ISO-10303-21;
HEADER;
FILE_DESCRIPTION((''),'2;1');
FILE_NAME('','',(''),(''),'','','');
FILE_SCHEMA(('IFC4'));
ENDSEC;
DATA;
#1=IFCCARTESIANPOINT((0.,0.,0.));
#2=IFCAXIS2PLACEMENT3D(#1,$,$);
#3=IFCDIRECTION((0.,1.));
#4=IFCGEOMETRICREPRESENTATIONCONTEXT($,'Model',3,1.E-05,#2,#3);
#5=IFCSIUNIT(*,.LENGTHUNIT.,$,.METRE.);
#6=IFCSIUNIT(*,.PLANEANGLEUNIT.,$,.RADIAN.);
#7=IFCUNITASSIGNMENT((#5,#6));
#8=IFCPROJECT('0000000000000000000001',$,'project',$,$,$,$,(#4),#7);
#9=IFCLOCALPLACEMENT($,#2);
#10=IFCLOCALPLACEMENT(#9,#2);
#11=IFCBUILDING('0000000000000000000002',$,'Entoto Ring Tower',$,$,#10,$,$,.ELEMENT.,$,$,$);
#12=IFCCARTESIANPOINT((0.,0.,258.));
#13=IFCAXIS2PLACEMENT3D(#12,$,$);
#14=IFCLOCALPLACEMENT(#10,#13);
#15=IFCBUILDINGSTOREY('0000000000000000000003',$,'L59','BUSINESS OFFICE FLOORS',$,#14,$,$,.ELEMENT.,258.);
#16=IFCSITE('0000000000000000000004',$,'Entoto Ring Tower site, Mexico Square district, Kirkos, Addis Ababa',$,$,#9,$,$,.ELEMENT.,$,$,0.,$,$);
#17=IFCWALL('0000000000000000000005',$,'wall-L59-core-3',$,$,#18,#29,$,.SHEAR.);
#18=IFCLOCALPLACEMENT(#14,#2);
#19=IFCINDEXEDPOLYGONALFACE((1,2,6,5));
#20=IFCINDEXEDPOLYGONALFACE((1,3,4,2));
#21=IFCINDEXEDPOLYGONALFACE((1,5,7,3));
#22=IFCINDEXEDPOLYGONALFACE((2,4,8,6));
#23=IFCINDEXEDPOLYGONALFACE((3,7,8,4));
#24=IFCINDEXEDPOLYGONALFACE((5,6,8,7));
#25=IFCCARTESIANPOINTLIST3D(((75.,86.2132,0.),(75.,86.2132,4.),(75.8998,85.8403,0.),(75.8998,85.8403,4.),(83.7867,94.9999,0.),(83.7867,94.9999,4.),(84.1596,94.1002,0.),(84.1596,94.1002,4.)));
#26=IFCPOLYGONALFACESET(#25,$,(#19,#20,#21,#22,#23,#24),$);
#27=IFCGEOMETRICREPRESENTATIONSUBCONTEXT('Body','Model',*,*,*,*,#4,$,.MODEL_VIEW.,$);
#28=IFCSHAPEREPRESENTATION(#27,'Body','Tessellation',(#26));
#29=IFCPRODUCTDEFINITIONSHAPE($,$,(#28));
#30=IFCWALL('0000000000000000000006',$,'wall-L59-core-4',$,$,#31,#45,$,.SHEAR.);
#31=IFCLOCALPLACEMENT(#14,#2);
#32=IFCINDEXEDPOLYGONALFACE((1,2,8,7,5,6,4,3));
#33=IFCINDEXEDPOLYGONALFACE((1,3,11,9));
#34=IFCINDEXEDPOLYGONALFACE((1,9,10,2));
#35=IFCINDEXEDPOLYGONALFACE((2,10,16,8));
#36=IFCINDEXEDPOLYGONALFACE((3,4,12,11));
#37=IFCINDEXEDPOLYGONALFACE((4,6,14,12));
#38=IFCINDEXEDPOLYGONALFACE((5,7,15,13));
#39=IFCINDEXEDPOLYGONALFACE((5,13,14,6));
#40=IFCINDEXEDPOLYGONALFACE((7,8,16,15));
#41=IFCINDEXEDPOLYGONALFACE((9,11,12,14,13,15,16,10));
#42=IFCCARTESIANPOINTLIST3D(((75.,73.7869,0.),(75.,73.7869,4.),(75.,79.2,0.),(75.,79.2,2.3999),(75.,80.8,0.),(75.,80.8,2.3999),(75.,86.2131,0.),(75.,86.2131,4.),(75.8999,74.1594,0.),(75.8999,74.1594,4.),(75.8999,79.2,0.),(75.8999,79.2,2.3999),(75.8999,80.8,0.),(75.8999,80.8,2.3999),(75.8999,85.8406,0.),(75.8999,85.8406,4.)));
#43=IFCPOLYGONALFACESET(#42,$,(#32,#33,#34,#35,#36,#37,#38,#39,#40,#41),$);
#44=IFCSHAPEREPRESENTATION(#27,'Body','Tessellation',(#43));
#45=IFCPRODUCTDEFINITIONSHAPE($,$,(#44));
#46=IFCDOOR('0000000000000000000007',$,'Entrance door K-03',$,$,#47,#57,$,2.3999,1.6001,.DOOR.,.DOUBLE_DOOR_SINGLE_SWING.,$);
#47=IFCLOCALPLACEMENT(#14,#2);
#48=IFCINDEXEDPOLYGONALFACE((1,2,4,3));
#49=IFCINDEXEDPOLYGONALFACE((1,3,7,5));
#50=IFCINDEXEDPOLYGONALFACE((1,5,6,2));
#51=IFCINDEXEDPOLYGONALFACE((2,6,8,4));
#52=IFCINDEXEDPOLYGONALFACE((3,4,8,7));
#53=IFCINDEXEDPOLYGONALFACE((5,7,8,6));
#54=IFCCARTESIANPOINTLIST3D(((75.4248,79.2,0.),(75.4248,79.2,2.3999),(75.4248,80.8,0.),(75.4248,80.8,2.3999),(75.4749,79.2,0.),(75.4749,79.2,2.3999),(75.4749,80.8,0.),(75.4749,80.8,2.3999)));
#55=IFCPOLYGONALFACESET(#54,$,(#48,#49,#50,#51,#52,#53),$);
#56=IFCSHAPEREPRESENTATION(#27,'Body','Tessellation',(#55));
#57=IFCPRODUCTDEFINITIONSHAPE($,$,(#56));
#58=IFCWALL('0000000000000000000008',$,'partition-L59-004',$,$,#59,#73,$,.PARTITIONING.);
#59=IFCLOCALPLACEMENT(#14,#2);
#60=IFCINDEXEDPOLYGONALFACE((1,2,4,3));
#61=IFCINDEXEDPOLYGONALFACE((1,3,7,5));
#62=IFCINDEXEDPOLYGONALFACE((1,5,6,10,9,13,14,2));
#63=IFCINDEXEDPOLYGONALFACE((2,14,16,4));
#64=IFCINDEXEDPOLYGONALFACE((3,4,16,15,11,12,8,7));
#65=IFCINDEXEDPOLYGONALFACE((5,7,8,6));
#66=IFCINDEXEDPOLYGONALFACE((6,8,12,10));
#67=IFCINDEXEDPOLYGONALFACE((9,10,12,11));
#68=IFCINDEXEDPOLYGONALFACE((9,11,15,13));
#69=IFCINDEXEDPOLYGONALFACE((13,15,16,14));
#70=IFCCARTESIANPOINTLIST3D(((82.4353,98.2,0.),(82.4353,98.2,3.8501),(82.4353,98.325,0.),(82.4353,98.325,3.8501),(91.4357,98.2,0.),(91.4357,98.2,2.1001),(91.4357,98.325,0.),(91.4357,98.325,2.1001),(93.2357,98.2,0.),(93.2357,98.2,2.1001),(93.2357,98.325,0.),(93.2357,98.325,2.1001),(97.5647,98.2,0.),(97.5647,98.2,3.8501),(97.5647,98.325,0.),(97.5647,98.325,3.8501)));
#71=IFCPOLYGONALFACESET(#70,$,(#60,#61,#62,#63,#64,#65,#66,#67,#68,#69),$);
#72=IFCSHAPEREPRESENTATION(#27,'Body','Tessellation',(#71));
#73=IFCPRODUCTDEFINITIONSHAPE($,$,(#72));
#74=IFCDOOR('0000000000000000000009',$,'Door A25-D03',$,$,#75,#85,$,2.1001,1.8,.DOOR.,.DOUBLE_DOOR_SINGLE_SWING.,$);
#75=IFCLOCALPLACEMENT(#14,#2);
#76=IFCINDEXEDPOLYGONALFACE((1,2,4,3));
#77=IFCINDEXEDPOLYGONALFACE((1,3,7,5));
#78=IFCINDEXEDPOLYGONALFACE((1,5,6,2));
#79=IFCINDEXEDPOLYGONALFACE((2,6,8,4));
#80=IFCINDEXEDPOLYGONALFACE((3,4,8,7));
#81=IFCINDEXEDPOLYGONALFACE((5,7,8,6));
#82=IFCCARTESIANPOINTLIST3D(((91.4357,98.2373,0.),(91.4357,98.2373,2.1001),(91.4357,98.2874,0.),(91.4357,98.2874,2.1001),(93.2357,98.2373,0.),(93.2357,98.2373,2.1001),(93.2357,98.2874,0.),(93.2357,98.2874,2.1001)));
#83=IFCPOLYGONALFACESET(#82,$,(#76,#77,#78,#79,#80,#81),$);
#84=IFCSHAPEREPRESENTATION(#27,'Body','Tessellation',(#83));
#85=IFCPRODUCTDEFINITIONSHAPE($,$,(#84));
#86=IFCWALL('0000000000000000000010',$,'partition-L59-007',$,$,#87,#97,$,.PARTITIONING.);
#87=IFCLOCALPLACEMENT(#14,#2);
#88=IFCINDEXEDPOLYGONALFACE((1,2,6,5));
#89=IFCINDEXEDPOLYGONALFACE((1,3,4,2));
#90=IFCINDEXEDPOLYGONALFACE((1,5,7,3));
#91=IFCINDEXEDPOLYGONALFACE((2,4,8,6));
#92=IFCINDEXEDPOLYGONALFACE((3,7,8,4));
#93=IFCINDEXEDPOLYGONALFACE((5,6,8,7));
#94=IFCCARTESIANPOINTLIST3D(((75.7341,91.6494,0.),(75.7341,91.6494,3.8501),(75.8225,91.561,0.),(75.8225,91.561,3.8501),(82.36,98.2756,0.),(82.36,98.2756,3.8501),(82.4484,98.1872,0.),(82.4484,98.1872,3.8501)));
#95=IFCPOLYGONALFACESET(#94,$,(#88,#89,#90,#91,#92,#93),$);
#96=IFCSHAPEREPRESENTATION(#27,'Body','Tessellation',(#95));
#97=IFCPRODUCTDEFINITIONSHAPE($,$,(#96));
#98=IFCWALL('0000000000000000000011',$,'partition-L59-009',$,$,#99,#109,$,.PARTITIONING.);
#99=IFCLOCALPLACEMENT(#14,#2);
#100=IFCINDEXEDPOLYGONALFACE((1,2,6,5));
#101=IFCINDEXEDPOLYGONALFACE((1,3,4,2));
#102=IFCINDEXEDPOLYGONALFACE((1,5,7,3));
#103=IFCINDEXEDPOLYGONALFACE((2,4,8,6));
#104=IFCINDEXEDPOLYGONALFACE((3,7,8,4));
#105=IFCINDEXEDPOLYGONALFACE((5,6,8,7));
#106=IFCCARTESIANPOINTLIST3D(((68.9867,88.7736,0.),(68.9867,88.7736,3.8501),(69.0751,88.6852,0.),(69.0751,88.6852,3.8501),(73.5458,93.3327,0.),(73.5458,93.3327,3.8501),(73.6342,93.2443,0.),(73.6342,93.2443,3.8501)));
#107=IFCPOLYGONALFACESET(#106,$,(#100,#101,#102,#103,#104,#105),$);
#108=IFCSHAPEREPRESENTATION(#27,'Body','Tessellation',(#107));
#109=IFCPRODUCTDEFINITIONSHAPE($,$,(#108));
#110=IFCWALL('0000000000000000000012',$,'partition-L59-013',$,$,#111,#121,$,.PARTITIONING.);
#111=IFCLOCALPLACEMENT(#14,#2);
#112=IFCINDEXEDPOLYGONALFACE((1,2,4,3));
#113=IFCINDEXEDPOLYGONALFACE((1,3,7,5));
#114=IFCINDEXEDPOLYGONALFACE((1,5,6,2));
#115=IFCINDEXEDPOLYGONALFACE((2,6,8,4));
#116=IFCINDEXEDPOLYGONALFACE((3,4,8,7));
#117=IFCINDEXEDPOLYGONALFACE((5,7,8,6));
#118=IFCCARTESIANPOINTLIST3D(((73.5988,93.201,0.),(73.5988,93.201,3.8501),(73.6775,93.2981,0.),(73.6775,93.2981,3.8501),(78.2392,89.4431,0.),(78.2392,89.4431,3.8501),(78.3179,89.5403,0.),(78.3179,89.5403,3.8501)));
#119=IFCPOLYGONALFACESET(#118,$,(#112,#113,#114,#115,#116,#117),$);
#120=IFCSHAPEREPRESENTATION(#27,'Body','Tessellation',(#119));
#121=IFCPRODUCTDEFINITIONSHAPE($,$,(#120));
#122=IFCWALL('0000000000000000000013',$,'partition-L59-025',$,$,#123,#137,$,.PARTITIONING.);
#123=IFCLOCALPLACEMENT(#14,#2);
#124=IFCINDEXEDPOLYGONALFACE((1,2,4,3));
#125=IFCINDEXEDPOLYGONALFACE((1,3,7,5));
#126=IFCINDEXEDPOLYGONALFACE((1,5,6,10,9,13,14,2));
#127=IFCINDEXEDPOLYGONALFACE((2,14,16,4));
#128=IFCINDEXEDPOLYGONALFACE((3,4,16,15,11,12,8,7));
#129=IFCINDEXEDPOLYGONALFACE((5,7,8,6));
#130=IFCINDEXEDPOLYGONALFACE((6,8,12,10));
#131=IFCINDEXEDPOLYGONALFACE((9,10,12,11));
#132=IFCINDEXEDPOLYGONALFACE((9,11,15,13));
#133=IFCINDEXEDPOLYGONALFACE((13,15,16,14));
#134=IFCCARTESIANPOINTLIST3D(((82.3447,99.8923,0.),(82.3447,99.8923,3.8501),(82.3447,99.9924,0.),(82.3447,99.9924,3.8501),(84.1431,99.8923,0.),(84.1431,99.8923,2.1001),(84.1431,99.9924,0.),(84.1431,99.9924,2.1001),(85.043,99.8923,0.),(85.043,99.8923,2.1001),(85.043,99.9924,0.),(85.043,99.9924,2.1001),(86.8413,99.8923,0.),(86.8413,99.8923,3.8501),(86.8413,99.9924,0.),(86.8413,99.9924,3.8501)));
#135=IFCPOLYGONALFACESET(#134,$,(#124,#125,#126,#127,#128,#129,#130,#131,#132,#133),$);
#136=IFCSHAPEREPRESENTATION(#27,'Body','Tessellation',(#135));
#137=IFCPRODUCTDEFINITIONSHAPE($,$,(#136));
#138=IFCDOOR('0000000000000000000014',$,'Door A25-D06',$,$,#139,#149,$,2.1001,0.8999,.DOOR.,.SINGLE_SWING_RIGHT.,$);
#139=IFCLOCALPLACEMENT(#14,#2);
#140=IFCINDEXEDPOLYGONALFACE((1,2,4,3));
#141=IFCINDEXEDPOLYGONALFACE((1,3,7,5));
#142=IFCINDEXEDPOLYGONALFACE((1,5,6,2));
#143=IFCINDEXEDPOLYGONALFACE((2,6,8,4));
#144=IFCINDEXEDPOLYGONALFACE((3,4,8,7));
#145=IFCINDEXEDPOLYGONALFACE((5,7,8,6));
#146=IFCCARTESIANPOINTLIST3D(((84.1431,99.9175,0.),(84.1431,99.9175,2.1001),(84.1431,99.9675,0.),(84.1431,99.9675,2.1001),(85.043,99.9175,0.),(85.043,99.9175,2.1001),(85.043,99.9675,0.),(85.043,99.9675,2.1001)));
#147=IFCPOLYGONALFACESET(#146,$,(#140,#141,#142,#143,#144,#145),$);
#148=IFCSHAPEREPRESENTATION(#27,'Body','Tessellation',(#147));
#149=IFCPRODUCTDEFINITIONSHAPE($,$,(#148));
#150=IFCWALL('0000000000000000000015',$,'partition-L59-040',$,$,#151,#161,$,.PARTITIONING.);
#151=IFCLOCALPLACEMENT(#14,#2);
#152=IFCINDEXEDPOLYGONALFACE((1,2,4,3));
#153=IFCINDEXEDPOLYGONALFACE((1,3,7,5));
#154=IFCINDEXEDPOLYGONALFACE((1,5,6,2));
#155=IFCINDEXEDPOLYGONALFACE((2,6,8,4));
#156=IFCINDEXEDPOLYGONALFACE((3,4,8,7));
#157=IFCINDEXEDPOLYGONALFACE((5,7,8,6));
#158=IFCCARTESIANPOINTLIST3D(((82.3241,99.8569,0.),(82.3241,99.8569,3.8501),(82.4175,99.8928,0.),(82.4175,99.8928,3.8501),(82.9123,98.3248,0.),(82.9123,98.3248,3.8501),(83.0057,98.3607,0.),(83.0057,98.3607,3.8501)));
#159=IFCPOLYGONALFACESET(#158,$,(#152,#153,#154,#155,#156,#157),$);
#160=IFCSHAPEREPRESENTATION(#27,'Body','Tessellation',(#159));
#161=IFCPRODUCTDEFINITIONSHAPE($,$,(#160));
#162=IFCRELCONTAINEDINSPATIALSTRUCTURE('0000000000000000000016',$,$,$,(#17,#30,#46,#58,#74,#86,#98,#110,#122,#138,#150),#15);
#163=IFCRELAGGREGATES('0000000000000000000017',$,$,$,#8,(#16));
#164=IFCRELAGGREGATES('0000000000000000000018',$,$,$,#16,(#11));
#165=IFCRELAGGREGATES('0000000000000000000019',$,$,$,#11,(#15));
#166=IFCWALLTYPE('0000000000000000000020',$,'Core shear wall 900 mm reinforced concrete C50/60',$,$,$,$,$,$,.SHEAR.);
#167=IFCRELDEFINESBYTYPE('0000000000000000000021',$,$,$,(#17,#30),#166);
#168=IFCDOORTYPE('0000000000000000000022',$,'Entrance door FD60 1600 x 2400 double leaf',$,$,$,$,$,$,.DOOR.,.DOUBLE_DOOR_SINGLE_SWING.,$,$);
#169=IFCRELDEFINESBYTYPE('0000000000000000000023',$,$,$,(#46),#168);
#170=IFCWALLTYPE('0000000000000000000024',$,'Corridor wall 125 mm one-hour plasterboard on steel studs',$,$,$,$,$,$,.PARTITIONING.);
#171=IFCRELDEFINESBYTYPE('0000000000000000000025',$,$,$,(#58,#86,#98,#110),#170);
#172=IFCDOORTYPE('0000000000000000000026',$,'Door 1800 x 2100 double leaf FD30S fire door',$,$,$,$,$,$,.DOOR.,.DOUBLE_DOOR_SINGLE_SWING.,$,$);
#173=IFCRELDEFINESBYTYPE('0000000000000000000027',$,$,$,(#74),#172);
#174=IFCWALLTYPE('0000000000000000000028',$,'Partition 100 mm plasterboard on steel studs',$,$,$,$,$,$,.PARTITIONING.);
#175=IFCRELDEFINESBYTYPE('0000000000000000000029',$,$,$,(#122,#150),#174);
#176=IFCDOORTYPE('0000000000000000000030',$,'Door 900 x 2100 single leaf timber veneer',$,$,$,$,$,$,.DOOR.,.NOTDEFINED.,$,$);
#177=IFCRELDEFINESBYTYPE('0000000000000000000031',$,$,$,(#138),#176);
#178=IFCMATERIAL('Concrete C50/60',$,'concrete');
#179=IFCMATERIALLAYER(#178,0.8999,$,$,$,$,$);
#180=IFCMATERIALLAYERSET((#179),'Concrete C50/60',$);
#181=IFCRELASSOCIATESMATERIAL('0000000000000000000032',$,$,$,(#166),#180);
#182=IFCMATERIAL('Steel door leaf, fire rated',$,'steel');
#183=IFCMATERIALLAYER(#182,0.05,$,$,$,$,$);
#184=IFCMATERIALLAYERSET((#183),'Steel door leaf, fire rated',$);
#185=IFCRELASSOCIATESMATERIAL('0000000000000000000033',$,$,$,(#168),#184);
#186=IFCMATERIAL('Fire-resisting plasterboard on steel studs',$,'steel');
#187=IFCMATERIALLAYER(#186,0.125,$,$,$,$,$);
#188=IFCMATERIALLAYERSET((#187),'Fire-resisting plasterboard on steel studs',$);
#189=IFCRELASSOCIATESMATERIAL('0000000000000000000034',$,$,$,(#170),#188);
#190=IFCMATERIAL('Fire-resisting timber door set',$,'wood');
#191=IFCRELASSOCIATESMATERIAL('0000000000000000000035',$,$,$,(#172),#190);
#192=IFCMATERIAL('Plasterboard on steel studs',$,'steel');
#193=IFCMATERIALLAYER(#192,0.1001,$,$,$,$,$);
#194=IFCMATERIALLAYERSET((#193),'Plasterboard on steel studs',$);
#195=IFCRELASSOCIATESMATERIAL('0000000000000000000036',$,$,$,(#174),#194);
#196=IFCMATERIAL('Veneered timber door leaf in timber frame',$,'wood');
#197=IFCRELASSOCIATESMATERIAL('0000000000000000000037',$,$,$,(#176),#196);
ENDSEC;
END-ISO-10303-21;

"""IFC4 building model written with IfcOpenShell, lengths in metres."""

from ifc_helpers import new_model, si_unit, direction, frame, frame_2d, origin, place, context, subcontext, project, spatial, polyline, rectangle, outline, extrude, material, layer, layer_set, type_object, element, fill, save


model = new_model("IFC4")

# Units and contexts
model_context = context("Model", 3, precision=1e-05, world=origin(), true_north=direction((0.0, 1.0)))
body_context = subcontext(model_context, "Body", "Model", "MODEL_VIEW")
ifc_project = project(units=[si_unit("LENGTHUNIT", "METRE"), si_unit("PLANEANGLEUNIT", "RADIAN")], contexts=[model_context])

# Site, building, storey
site_placement = place(None, origin())
site = spatial("IfcSite", under=ifc_project, at=site_placement, Name="Entoto Ring Tower site, Mexico Square district, Kirkos, Addis Ababa", CompositionType="ELEMENT", RefElevation=0.0)
building_placement = place(site_placement, origin())
building = spatial("IfcBuilding", under=site, at=building_placement, Name="Entoto Ring Tower", CompositionType="ELEMENT")
storey_placement = place(building_placement, frame((0.0, 0.0, 258.0)))
storey = spatial("IfcBuildingStorey", under=building, at=storey_placement, Name="L59", Description="BUSINESS OFFICE FLOORS", CompositionType="ELEMENT", Elevation=258.0)

# Wall
ifc_material_1 = material(Name="Concrete C50/60", Category="concrete")
ifc_layer_1 = layer(ifc_material_1, 0.8999)
ifc_layer_set_1 = layer_set([ifc_layer_1], Name="Concrete C50/60")
wall_type_1 = type_object("IfcWallType", Name="Core shear wall 900 mm reinforced concrete C50/60", PredefinedType="SHEAR", material=ifc_layer_set_1)
wall_1_placement = place(storey_placement, frame((83.9731, 94.55, 0.0), z_axis=(0.0, 0.0, 1.0), x_axis=(-0.707107, -0.707107, 0.0)))
element("IfcWall", 1, at=wall_1_placement, inside=storey, type_object=wall_type_1, Name="wall-L59-core-3", PredefinedType="SHEAR", context=body_context, shape_type="SweptSolid", body=[
    extrude(outline(polyline([(-0.1863, -0.45), (12.24, -0.45), (11.8674, 0.45), (0.1863, 0.45), (-0.1863, -0.45)])), origin(), (0.0, 0.0, 1.0), 4.0),
])

# Walls, openings, doors
wall_2_placement = place(storey_placement, frame((75.45, 86.0269, 0.0), z_axis=(0.0, 0.0, 1.0), x_axis=(0.0, -1.0, 0.0)))
wall_2 = element("IfcWall", 2, at=wall_2_placement, inside=storey, type_object=wall_type_1, Name="wall-L59-core-4", PredefinedType="SHEAR", context=body_context, shape_type="SweptSolid", body=[
    extrude(outline(polyline([(-0.1863, -0.45), (12.24, -0.45), (11.8674, 0.45), (0.1863, 0.45), (-0.1863, -0.45)])), origin(), (0.0, 0.0, 1.0), 4.0),
])
opening_1_placement = place(wall_2_placement, frame((5.2268, 0.0, 0.0)))
opening_1 = element("IfcOpeningElement", 3, at=opening_1_placement, cuts=wall_2, PredefinedType="OPENING", context=body_context, shape_type="SweptSolid", body=[
    extrude(rectangle(XDim=1.6001, YDim=2.3999, at=frame_2d((0.8, 1.2))), frame((0.0, 0.46, 0.0), z_axis=(0.0, -1.0, 0.0), x_axis=(1.0, 0.0, 0.0)), (0.0, 0.0, 1.0), 0.9199),
])
ifc_material_2 = material(Name="Steel door leaf, fire rated", Category="steel")
ifc_layer_2 = layer(ifc_material_2, 0.05)
ifc_layer_set_2 = layer_set([ifc_layer_2], Name="Steel door leaf, fire rated")
door_type_1 = type_object("IfcDoorType", Name="Entrance door FD60 1600 x 2400 double leaf", OperationType="DOUBLE_DOOR_SINGLE_SWING", PredefinedType="DOOR", material=ifc_layer_set_2)
door_1_placement = place(opening_1_placement, origin())
door_1 = element("IfcDoor", 4, at=door_1_placement, inside=storey, type_object=door_type_1, Name="Entrance door K-03", OperationType="DOUBLE_DOOR_SINGLE_SWING", OverallHeight=2.3999, OverallWidth=1.6001, PredefinedType="DOOR", context=body_context, shape_type="SweptSolid", body=[
    extrude(rectangle(XDim=1.6001, YDim=2.3999, at=frame_2d((0.8, 1.2))), frame((0.0, 0.0249, 0.0), z_axis=(0.0, -1.0, 0.0), x_axis=(1.0, 0.0, 0.0)), (0.0, 0.0, 1.0), 0.05),
])
fill(opening_1, door_1)
ifc_material_3 = material(Name="Fire-resisting plasterboard on steel studs", Category="steel")
ifc_layer_3 = layer(ifc_material_3, 0.125)
ifc_layer_set_3 = layer_set([ifc_layer_3], Name="Fire-resisting plasterboard on steel studs")
wall_type_2 = type_object("IfcWallType", Name="Corridor wall 125 mm one-hour plasterboard on steel studs", PredefinedType="PARTITIONING", material=ifc_layer_set_3)
wall_3_placement = place(storey_placement, frame((82.4353, 98.2625, 0.0), z_axis=(0.0, 0.0, 1.0), x_axis=(1.0, 0.0, 0.0)))
wall_3 = element("IfcWall", 5, at=wall_3_placement, inside=storey, type_object=wall_type_2, Name="partition-L59-004", PredefinedType="PARTITIONING", context=body_context, shape_type="SweptSolid", body=[
    extrude(rectangle(XDim=15.1294, YDim=0.125, at=frame_2d((7.5647, 0.0))), origin(), (0.0, 0.0, 1.0), 3.8501),
])
opening_2_placement = place(wall_3_placement, frame((9.0005, 0.0, 0.0)))
opening_2 = element("IfcOpeningElement", 6, at=opening_2_placement, cuts=wall_3, PredefinedType="OPENING", context=body_context, shape_type="SweptSolid", body=[
    extrude(rectangle(XDim=1.8, YDim=2.1001, at=frame_2d((0.8999, 1.05))), frame((0.0, 0.0725, 0.0), z_axis=(0.0, -1.0, 0.0), x_axis=(1.0, 0.0, 0.0)), (0.0, 0.0, 1.0), 0.145),
])
ifc_material_4 = material(Name="Fire-resisting timber door set", Category="wood")
door_type_2 = type_object("IfcDoorType", Name="Door 1800 x 2100 double leaf FD30S fire door", OperationType="DOUBLE_DOOR_SINGLE_SWING", PredefinedType="DOOR", material=ifc_material_4)
door_2_placement = place(opening_2_placement, origin())
door_2 = element("IfcDoor", 7, at=door_2_placement, inside=storey, type_object=door_type_2, Name="Door A25-D03", OperationType="DOUBLE_DOOR_SINGLE_SWING", OverallHeight=2.1001, OverallWidth=1.8, PredefinedType="DOOR", context=body_context, shape_type="SweptSolid", body=[
    extrude(rectangle(XDim=1.8, YDim=2.1001, at=frame_2d((0.8999, 1.05))), frame((0.0, 0.0249, 0.0), z_axis=(0.0, -1.0, 0.0), x_axis=(1.0, 0.0, 0.0)), (0.0, 0.0, 1.0), 0.05),
])
fill(opening_2, door_2)

# Walls
wall_4_placement = place(storey_placement, frame((75.7783, 91.6052, 0.0), z_axis=(0.0, 0.0, 1.0), x_axis=(0.707094, 0.70712, 0.0)))
element("IfcWall", 8, at=wall_4_placement, inside=storey, type_object=wall_type_2, Name="partition-L59-007", PredefinedType="PARTITIONING", context=body_context, shape_type="SweptSolid", body=[
    extrude(rectangle(XDim=9.3706, YDim=0.125, at=frame_2d((4.6853, 0.0))), origin(), (0.0, 0.0, 1.0), 3.8501),
])
wall_5_placement = place(storey_placement, frame((69.031, 88.7295, 0.0), z_axis=(0.0, 0.0, 1.0), x_axis=(0.707107, 0.707107, 0.0)))
element("IfcWall", 9, at=wall_5_placement, inside=storey, type_object=wall_type_2, Name="partition-L59-009", PredefinedType="PARTITIONING", context=body_context, shape_type="SweptSolid", body=[
    extrude(rectangle(XDim=6.4475, YDim=0.125, at=frame_2d((3.2236, 0.0))), origin(), (0.0, 0.0, 1.0), 3.8501),
])
wall_6_placement = place(storey_placement, frame((78.2786, 89.4917, 0.0), z_axis=(0.0, 0.0, 1.0), x_axis=(-0.777137, 0.629331, 0.0)))
element("IfcWall", 10, at=wall_6_placement, inside=storey, type_object=wall_type_2, Name="partition-L59-013", PredefinedType="PARTITIONING", context=body_context, shape_type="SweptSolid", body=[
    extrude(rectangle(XDim=5.9712, YDim=0.125, at=frame_2d((2.9856, 0.0))), origin(), (0.0, 0.0, 1.0), 3.8501),
])

# Wall, opening, door
ifc_material_5 = material(Name="Plasterboard on steel studs", Category="steel")
ifc_layer_4 = layer(ifc_material_5, 0.1001)
ifc_layer_set_4 = layer_set([ifc_layer_4], Name="Plasterboard on steel studs")
wall_type_3 = type_object("IfcWallType", Name="Partition 100 mm plasterboard on steel studs", PredefinedType="PARTITIONING", material=ifc_layer_set_4)
wall_7_placement = place(storey_placement, frame((82.3447, 99.9424, 0.0), z_axis=(0.0, 0.0, 1.0), x_axis=(1.0, 0.0, 0.0)))
wall_7 = element("IfcWall", 11, at=wall_7_placement, inside=storey, type_object=wall_type_3, Name="partition-L59-025", PredefinedType="PARTITIONING", context=body_context, shape_type="SweptSolid", body=[
    extrude(rectangle(XDim=4.4966, YDim=0.1001, at=frame_2d((2.2483, 0.0))), origin(), (0.0, 0.0, 1.0), 3.8501),
])
opening_3_placement = place(wall_7_placement, frame((1.7983, 0.0, 0.0)))
opening_3 = element("IfcOpeningElement", 12, at=opening_3_placement, cuts=wall_7, PredefinedType="OPENING", context=body_context, shape_type="SweptSolid", body=[
    extrude(rectangle(XDim=0.8999, YDim=2.1001, at=frame_2d((0.45, 1.05))), frame((0.0, 0.0601, 0.0), z_axis=(0.0, -1.0, 0.0), x_axis=(1.0, 0.0, 0.0)), (0.0, 0.0, 1.0), 0.1201),
])
ifc_material_6 = material(Name="Veneered timber door leaf in timber frame", Category="wood")
door_type_3 = type_object("IfcDoorType", Name="Door 900 x 2100 single leaf timber veneer", OperationType="NOTDEFINED", PredefinedType="DOOR", material=ifc_material_6)
door_3_placement = place(opening_3_placement, frame((0.8999, 0.0, 0.0), z_axis=(0.0, 0.0, 1.0), x_axis=(-1.0, 0.0, 0.0)))
door_3 = element("IfcDoor", 13, at=door_3_placement, inside=storey, type_object=door_type_3, Name="Door A25-D06", OperationType="SINGLE_SWING_RIGHT", OverallHeight=2.1001, OverallWidth=0.8999, PredefinedType="DOOR", context=body_context, shape_type="SweptSolid", body=[
    extrude(rectangle(XDim=0.8999, YDim=2.1001, at=frame_2d((0.45, 1.05))), frame((0.0, 0.0249, 0.0), z_axis=(0.0, -1.0, 0.0), x_axis=(1.0, 0.0, 0.0)), (0.0, 0.0, 1.0), 0.05),
])
fill(opening_3, door_3)

# Wall
wall_8_placement = place(storey_placement, frame((82.959, 98.3428, 0.0), z_axis=(0.0, 0.0, 1.0), x_axis=(-0.358401, 0.933568, 0.0)))
element("IfcWall", 14, at=wall_8_placement, inside=storey, type_object=wall_type_3, Name="partition-L59-040", PredefinedType="PARTITIONING", context=body_context, shape_type="SweptSolid", body=[
    extrude(rectangle(XDim=1.6411, YDim=0.1001, at=frame_2d((0.8206, 0.0))), origin(), (0.0, 0.0, 1.0), 3.8501),
])

save(model, "model.ifc")
